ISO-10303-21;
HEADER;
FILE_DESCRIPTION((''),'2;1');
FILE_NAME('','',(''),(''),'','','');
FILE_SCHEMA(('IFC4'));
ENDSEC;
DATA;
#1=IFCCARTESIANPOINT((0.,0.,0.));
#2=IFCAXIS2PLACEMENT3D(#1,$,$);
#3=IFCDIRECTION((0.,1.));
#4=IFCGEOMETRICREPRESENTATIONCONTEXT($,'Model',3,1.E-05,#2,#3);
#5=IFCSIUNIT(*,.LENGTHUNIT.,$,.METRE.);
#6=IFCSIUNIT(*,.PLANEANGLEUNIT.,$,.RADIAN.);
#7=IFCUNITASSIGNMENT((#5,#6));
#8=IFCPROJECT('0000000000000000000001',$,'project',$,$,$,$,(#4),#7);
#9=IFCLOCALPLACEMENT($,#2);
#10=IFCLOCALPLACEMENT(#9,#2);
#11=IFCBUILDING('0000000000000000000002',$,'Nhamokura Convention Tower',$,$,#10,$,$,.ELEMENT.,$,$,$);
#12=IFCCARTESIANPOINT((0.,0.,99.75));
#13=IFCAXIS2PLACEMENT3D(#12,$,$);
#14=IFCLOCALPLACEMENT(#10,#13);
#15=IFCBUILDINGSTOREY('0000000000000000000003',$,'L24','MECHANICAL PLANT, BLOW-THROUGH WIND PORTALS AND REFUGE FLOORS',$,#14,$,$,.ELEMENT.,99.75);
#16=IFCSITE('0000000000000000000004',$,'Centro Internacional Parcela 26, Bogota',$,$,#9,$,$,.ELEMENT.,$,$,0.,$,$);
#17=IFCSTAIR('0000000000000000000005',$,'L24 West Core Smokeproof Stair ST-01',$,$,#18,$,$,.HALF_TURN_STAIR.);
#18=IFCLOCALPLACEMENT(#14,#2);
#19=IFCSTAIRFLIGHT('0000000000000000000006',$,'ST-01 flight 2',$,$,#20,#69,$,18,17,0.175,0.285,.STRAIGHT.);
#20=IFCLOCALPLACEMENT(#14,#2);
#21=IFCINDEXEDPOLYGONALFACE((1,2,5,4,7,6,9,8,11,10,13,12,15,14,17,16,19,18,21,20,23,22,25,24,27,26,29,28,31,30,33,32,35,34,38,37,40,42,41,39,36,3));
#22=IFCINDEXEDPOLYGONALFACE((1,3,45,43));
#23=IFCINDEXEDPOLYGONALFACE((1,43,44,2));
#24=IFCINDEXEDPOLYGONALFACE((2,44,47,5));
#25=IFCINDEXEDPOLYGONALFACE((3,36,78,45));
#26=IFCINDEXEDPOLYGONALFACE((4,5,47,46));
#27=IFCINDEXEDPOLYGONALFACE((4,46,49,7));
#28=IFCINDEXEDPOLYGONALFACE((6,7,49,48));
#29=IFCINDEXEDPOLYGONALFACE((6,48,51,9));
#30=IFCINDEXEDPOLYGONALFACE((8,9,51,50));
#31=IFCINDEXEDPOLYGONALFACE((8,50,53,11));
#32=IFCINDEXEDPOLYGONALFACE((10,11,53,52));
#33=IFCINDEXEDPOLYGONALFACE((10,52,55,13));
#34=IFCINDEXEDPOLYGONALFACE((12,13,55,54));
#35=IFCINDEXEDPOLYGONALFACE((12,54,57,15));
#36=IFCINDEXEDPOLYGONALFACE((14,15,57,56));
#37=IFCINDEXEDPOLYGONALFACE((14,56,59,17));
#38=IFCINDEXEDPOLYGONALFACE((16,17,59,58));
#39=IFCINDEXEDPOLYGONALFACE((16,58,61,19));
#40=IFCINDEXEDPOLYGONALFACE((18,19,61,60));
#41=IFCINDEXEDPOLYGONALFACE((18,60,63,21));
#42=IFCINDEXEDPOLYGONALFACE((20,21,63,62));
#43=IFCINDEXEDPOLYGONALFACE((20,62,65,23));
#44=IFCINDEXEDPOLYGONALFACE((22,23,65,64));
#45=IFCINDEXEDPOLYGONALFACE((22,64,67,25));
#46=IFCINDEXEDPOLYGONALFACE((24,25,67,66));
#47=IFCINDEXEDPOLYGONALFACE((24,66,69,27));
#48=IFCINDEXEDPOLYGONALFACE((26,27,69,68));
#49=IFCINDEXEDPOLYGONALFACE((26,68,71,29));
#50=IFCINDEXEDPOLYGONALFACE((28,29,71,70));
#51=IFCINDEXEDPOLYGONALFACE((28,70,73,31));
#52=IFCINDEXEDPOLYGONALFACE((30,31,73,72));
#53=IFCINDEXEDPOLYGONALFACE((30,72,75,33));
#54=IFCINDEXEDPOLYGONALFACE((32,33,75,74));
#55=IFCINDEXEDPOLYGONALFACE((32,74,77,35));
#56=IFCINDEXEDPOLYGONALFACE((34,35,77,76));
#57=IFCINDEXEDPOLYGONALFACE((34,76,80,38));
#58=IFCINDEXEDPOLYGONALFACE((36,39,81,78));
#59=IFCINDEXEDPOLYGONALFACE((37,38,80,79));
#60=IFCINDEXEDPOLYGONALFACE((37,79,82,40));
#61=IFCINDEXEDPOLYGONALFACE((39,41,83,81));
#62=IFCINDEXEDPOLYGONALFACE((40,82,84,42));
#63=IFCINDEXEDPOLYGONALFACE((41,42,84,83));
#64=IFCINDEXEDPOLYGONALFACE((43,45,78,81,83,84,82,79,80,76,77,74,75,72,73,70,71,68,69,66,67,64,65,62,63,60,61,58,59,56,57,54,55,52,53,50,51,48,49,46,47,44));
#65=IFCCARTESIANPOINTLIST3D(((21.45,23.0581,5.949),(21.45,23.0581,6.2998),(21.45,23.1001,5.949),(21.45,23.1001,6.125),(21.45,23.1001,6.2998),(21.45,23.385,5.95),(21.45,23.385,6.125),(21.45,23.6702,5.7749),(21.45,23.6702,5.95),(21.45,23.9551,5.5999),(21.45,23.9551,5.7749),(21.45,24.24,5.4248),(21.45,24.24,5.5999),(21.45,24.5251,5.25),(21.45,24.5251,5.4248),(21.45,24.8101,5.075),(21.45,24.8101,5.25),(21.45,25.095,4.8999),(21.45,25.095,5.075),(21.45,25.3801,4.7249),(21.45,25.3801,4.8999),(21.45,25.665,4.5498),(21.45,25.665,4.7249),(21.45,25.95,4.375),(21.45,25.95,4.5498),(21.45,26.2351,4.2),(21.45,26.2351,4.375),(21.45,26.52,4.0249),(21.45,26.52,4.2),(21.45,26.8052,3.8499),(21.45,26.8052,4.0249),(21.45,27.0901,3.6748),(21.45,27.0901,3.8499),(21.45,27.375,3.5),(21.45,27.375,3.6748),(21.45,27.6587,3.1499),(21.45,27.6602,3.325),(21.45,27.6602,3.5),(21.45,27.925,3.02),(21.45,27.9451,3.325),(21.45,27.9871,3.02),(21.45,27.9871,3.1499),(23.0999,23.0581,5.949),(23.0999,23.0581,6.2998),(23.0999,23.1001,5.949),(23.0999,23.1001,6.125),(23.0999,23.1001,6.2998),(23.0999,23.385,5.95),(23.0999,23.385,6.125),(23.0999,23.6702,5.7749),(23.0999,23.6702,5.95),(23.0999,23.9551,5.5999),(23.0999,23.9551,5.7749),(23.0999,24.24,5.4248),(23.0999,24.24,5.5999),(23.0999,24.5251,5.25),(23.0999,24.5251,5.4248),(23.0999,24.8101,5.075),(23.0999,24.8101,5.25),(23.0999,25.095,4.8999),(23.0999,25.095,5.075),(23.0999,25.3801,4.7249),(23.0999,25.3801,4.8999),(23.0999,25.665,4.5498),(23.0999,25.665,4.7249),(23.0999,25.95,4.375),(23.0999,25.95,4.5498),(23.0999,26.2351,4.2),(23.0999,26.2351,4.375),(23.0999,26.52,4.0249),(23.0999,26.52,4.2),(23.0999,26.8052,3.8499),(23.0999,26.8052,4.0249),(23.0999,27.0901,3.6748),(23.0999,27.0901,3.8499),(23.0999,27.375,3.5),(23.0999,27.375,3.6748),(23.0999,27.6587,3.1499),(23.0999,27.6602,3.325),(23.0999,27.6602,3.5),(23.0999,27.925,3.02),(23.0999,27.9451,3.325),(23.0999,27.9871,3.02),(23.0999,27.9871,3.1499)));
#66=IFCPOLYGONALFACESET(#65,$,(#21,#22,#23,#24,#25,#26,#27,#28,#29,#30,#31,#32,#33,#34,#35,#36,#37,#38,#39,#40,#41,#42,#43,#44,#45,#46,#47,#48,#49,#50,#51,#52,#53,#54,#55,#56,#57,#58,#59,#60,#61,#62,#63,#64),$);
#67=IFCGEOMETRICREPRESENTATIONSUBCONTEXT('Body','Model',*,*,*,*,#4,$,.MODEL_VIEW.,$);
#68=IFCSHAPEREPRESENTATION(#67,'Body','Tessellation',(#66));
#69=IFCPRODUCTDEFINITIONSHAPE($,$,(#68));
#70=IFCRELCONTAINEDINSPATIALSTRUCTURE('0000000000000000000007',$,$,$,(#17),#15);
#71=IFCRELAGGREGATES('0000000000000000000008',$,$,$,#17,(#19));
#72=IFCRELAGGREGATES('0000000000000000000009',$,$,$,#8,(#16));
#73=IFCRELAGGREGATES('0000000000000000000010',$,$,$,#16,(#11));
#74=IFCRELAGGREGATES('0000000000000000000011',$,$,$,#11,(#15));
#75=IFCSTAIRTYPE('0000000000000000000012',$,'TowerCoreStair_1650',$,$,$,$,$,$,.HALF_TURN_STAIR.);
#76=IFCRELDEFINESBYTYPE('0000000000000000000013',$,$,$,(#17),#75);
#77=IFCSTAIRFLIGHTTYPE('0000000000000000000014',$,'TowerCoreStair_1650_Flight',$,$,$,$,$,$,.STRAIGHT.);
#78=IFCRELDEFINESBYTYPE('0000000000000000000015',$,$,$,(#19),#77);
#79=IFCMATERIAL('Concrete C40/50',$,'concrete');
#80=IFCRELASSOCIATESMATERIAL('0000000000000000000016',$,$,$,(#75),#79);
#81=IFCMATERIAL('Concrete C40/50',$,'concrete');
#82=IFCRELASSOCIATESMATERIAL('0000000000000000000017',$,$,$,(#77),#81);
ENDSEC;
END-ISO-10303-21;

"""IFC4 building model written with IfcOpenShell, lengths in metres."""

from ifc_helpers import new_model, si_unit, direction, frame, origin, place, context, subcontext, project, spatial, polyline, outline, extrude, material, type_object, element, aggregate, save


model = new_model("IFC4")

# Units and contexts
model_context = context("Model", 3, precision=1e-05, world=origin(), true_north=direction((0.0, 1.0)))
body_context = subcontext(model_context, "Body", "Model", "MODEL_VIEW")
ifc_project = project(units=[si_unit("LENGTHUNIT", "METRE"), si_unit("PLANEANGLEUNIT", "RADIAN")], contexts=[model_context])

# Site, building, storey
site_placement = place(None, origin())
site = spatial("IfcSite", under=ifc_project, at=site_placement, Name="Centro Internacional Parcela 26, Bogota", CompositionType="ELEMENT", RefElevation=0.0)
building_placement = place(site_placement, origin())
building = spatial("IfcBuilding", under=site, at=building_placement, Name="Nhamokura Convention Tower", CompositionType="ELEMENT")
storey_placement = place(building_placement, frame((0.0, 0.0, 99.75)))
storey = spatial("IfcBuildingStorey", under=building, at=storey_placement, Name="L24", Description="MECHANICAL PLANT, BLOW-THROUGH WIND PORTALS AND REFUGE FLOORS", CompositionType="ELEMENT", Elevation=99.75)

# Stair, stair flight
ifc_material_1 = material(Name="Concrete C40/50", Category="concrete")
stair_type = type_object("IfcStairType", Name="TowerCoreStair_1650", PredefinedType="HALF_TURN_STAIR", material=ifc_material_1)
stair_placement = place(storey_placement, origin())
stair = element("IfcStair", 1, at=stair_placement, inside=storey, type_object=stair_type, Name="L24 West Core Smokeproof Stair ST-01", PredefinedType="HALF_TURN_STAIR")
ifc_material_2 = material(Name="Concrete C40/50", Category="concrete")
stair_flight_type = type_object("IfcStairFlightType", Name="TowerCoreStair_1650_Flight", PredefinedType="STRAIGHT", material=ifc_material_2)
stair_flight_1_placement = place(storey_placement, frame((22.2749, 27.9451, 3.1499), z_axis=(0.0, 0.0, 1.0), x_axis=(0.0, -1.0, 0.0)))
stair_flight_1 = element("IfcStairFlight", 2, at=stair_flight_1_placement, type_object=stair_flight_type, Name="ST-01 flight 2", NumberOfRisers=18, NumberOfTreads=17, PredefinedType="STRAIGHT", RiserHeight=0.175, TreadLength=0.285, context=body_context, shape_type="SweptSolid", body=[
    extrude(outline(polyline([(-0.042, 0.0), (0.0, 0.175), (0.2849, 0.175), (0.2849, 0.3501), (0.5701, 0.3501), (0.5701, 0.5249), (0.855, 0.5249), (0.855, 0.7), (1.1399, 0.7), (1.1399, 0.875), (1.425, 0.875), (1.425, 1.05), (1.71, 1.05), (1.71, 1.2251), (1.9951, 1.2251), (1.9951, 1.3999), (2.28, 1.3999), (2.28, 1.575), (2.5649, 1.575), (2.5649, 1.75), (2.8501, 1.75), (2.8501, 1.925), (3.135, 1.925), (3.135, 2.1001), (3.4199, 2.1001), (3.4199, 2.2749), (3.7051, 2.2749), (3.7051, 2.45), (3.99, 2.45), (3.99, 2.625), (4.2749, 2.625), (4.2749, 2.8), (4.5601, 2.8), (4.5601, 2.9751), (4.845, 2.9751), (4.845, 3.1499), (4.887, 3.1499), (4.887, 2.7991), (4.845, 2.7991), (0.2864, 0.0), (0.02, -0.1299), (-0.042, -0.1299), (-0.042, 0.0)])), frame((0.0, 0.825, 0.0), z_axis=(0.0, -1.0, 0.0), x_axis=(1.0, 0.0, 0.0)), (0.0, 0.0, 1.0), 1.6499),
])
aggregate(stair, [stair_flight_1])

save(model, "model.ifc")
